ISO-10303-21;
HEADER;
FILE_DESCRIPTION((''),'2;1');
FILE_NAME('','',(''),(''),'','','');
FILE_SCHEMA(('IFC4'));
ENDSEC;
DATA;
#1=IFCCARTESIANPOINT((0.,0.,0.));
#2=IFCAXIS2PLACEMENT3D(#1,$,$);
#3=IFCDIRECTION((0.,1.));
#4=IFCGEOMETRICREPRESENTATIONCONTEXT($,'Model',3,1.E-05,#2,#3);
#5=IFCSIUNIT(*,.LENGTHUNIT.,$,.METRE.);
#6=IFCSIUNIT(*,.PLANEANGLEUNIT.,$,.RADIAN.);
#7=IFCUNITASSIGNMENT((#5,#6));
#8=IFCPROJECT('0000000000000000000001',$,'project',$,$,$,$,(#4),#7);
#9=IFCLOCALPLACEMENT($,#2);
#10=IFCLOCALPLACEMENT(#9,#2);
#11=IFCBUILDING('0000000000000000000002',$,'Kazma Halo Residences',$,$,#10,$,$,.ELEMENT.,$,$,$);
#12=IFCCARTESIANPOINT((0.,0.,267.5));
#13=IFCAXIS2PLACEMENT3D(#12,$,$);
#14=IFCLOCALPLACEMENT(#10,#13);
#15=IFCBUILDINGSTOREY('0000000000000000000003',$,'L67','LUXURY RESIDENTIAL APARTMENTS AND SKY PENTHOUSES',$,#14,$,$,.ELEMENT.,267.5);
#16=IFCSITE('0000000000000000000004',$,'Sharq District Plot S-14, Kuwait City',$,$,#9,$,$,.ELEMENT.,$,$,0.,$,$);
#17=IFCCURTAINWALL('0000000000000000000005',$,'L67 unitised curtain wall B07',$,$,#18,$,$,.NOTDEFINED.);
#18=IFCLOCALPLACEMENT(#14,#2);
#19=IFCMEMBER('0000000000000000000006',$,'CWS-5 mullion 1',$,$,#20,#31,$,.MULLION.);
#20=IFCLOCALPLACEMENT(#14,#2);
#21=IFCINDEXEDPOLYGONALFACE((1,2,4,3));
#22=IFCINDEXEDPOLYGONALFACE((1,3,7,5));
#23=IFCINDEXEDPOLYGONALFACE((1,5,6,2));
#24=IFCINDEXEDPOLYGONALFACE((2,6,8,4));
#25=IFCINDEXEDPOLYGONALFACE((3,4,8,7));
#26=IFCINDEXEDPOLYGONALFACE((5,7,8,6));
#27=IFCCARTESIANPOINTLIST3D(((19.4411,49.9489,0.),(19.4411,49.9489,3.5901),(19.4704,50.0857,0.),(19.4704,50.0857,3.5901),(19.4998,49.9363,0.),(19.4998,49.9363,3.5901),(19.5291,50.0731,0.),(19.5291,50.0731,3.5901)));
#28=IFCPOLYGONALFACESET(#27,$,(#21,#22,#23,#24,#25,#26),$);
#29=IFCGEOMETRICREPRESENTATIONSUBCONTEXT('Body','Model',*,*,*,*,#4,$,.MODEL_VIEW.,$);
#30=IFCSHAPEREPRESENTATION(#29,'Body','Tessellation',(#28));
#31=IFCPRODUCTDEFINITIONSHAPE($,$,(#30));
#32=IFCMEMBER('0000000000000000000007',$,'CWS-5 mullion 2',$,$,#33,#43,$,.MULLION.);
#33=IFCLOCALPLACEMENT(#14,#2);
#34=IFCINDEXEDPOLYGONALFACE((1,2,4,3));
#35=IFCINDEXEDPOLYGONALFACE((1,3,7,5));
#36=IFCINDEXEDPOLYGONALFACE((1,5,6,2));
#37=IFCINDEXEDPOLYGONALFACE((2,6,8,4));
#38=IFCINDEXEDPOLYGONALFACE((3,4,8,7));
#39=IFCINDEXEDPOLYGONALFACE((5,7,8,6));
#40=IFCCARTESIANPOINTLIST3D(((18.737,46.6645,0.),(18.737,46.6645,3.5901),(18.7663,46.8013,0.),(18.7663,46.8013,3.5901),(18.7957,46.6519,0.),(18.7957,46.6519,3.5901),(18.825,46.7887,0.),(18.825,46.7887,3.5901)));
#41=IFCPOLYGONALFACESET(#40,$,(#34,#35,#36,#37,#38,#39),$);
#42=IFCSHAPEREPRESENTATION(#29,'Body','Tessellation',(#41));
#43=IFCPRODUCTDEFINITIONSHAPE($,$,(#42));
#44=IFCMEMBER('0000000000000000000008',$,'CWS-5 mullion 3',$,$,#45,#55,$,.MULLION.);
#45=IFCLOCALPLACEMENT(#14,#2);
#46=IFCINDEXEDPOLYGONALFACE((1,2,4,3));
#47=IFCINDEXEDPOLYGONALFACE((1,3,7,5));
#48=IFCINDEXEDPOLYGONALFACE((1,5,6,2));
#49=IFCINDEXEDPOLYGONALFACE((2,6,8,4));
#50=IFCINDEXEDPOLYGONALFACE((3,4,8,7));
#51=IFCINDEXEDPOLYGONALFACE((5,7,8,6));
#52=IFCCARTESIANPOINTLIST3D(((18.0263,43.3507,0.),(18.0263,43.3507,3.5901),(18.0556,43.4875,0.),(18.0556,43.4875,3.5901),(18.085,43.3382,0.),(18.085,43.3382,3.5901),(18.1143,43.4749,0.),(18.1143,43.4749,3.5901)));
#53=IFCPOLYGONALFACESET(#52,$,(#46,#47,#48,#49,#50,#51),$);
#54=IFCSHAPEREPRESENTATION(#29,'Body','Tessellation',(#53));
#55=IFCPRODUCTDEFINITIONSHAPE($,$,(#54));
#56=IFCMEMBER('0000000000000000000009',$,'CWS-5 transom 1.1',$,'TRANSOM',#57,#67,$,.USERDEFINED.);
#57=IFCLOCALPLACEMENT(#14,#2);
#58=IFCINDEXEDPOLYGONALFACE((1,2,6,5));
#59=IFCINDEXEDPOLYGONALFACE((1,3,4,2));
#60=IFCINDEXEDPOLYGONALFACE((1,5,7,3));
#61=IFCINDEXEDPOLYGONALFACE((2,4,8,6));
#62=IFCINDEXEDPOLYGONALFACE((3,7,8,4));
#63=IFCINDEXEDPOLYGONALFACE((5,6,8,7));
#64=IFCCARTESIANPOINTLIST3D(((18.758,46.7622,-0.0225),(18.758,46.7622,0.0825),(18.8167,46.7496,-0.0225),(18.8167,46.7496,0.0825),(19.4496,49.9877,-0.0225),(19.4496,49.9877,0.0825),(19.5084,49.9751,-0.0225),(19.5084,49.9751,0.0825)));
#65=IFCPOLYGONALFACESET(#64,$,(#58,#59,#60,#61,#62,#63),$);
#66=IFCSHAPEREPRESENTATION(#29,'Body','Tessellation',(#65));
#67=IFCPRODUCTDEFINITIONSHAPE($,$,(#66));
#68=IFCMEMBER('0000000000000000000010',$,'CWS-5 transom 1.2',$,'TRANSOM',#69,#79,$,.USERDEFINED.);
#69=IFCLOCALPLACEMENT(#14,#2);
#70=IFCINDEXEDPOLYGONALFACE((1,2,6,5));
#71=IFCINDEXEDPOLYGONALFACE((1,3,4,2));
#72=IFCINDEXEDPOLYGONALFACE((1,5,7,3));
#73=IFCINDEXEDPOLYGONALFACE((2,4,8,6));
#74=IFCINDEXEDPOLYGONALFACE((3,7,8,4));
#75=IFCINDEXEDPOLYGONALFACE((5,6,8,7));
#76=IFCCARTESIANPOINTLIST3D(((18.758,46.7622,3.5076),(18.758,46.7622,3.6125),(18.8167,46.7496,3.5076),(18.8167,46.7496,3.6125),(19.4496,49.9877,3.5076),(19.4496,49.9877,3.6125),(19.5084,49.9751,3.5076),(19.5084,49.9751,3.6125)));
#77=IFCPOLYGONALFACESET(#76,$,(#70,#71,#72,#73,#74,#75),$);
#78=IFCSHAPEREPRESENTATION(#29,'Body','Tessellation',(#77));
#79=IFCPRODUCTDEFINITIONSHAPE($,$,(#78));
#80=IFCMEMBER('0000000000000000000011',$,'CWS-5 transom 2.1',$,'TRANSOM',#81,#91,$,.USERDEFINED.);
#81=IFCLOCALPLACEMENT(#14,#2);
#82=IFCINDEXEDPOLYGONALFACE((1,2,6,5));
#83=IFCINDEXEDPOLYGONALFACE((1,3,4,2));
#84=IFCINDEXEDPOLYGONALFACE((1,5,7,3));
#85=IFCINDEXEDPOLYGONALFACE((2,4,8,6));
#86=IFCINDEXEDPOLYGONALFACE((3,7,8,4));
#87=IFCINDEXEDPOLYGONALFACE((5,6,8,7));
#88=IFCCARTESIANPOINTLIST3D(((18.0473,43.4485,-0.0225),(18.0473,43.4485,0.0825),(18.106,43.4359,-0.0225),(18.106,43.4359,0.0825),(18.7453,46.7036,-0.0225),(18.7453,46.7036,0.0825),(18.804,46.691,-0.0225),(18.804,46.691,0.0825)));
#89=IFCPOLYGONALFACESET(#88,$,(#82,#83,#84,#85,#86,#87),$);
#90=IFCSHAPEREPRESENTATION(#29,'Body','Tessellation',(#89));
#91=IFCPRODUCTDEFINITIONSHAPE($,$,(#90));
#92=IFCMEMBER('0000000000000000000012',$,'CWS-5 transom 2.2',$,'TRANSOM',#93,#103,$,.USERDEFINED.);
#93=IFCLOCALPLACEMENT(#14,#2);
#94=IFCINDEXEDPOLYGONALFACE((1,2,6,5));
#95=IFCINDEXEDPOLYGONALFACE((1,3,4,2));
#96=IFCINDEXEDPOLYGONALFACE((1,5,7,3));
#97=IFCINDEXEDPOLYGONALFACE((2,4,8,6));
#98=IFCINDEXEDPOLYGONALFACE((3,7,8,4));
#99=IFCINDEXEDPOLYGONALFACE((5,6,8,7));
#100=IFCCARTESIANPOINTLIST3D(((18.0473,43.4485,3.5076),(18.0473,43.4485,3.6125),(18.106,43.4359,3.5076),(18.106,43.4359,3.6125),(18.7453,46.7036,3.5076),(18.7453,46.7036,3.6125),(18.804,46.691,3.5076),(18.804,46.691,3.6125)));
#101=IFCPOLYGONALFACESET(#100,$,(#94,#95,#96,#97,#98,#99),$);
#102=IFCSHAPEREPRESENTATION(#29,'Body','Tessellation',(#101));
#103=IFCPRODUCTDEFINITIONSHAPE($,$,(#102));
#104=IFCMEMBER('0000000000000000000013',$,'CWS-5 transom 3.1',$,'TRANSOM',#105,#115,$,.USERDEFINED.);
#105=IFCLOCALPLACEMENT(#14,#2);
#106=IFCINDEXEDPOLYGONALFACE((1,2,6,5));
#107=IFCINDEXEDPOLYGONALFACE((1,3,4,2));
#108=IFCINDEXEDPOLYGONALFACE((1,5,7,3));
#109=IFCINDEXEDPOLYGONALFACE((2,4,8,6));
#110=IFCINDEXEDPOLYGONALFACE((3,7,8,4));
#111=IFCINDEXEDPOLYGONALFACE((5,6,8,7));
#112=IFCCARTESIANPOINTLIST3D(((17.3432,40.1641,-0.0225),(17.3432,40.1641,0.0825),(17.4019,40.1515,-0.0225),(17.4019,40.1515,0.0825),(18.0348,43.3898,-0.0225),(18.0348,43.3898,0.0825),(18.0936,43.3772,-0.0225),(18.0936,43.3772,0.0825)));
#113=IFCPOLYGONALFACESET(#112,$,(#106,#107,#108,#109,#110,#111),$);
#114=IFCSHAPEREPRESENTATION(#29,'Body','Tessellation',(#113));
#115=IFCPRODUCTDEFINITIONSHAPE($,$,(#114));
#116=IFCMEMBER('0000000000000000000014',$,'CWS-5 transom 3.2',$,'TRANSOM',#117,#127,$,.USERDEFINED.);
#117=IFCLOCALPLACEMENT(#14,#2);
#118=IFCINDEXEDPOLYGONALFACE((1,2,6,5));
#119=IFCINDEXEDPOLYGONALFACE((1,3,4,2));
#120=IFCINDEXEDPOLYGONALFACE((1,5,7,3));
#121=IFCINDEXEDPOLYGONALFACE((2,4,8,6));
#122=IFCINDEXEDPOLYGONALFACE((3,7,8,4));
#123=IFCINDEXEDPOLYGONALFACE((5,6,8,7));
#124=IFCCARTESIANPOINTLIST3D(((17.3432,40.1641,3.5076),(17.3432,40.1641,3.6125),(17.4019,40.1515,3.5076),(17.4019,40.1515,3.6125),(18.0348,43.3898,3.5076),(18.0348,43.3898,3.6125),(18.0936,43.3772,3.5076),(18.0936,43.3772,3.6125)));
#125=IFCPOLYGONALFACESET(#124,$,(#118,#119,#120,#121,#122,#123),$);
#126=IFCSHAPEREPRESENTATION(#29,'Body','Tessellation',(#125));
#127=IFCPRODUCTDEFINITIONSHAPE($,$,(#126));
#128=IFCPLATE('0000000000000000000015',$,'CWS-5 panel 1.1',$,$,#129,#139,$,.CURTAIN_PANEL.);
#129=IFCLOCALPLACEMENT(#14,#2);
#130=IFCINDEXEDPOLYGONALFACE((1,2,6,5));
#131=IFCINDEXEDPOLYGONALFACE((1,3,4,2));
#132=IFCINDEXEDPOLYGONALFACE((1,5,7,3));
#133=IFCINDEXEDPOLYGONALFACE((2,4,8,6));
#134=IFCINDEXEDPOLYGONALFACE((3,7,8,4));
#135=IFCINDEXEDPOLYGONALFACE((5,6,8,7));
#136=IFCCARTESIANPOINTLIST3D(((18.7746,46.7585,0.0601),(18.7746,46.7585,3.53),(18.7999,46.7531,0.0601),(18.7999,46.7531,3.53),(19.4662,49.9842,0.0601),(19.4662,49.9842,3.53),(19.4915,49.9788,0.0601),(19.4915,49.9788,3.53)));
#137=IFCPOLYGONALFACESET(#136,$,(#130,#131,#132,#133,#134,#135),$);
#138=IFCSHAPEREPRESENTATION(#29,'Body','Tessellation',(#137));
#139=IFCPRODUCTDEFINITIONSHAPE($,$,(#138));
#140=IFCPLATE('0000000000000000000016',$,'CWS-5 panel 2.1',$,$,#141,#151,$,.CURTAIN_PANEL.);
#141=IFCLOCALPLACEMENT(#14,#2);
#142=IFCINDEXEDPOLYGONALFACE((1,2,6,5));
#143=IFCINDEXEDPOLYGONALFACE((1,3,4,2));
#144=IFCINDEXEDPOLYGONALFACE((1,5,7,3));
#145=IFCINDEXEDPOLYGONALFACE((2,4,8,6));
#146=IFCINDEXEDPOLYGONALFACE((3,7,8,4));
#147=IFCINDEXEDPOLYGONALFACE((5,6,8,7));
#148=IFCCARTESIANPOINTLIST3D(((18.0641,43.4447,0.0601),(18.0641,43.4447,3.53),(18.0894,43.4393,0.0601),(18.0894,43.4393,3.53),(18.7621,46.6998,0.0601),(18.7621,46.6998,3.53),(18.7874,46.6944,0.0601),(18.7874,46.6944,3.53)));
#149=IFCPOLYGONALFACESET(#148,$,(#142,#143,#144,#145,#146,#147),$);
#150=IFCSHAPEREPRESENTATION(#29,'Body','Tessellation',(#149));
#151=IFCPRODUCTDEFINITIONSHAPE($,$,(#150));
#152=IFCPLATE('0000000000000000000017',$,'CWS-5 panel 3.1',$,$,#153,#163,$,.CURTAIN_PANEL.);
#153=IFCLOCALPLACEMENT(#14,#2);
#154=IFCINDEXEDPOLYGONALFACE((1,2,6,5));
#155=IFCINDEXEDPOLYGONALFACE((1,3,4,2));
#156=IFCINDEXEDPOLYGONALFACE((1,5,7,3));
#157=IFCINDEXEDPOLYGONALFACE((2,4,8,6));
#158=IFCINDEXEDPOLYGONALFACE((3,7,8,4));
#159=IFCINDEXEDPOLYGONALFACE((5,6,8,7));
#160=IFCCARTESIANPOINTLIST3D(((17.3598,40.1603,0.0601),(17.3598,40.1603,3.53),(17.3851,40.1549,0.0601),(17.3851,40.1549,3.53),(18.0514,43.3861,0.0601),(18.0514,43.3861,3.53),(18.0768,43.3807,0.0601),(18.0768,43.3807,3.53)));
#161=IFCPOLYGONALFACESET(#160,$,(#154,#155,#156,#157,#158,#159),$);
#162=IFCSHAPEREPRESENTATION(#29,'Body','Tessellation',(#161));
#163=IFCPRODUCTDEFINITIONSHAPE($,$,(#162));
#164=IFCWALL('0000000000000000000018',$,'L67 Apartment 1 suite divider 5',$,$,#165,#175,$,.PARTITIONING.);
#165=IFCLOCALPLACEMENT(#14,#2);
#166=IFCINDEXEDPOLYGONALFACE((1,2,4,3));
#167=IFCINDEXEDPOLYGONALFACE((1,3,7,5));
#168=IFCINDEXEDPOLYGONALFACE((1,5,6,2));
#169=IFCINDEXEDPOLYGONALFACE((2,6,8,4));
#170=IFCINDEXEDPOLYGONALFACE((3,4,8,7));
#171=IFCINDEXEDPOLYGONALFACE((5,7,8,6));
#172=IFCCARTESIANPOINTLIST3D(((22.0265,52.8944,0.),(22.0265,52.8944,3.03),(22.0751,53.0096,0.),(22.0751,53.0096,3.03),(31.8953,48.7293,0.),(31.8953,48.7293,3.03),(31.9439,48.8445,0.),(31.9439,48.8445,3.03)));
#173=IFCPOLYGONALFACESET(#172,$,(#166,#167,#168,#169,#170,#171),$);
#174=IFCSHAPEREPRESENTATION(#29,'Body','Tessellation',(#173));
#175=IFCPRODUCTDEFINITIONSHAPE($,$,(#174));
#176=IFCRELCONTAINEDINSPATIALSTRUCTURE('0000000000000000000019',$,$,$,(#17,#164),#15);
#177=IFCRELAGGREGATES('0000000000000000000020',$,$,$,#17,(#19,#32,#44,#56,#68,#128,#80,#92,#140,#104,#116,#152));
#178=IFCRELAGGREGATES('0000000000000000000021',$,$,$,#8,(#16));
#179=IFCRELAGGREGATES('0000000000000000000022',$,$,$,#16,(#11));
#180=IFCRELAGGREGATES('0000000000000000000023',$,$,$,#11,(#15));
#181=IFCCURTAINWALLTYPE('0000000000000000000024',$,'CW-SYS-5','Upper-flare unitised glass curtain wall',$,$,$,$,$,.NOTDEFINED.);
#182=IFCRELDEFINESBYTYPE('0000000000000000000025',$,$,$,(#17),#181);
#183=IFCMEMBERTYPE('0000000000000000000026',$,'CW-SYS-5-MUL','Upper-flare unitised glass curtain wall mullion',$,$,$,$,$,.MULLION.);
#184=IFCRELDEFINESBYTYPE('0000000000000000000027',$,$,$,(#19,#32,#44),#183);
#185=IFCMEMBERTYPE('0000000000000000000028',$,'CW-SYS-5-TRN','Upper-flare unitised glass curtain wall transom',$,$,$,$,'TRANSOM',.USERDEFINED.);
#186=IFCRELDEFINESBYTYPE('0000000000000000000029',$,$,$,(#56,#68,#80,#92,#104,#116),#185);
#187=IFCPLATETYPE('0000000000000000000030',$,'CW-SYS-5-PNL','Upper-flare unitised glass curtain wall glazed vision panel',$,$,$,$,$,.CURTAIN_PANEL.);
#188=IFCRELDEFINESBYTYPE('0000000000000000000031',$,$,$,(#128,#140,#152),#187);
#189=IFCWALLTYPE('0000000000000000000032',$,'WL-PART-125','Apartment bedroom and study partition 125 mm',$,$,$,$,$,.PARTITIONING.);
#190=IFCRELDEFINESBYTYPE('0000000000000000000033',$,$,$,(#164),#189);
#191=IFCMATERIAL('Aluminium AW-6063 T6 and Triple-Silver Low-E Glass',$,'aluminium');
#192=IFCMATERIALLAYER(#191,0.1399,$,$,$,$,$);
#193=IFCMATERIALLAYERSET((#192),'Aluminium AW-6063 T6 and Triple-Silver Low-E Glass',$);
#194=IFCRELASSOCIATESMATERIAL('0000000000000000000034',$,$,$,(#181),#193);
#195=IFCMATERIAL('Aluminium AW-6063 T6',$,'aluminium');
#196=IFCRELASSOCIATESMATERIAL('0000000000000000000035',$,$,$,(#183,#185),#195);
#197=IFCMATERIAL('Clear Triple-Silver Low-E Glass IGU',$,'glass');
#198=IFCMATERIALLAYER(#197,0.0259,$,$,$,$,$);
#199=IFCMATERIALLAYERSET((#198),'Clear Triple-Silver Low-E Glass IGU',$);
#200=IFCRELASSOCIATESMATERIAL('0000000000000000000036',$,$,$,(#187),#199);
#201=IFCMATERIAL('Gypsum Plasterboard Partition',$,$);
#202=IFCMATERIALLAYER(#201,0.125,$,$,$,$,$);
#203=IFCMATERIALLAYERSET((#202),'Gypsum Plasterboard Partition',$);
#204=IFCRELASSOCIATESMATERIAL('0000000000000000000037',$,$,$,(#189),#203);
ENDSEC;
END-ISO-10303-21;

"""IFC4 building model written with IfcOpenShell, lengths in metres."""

from ifc_helpers import new_model, si_unit, direction, frame, frame_2d, origin, origin_2d, place, context, subcontext, project, spatial, rectangle, extrude, material, layer, layer_set, material_profile, profile_set, type_object, element, aggregate, save


model = new_model("IFC4")

# Units and contexts
model_context = context("Model", 3, precision=1e-05, world=origin(), true_north=direction((0.0, 1.0)))
body_context = subcontext(model_context, "Body", "Model", "MODEL_VIEW")
ifc_project = project(units=[si_unit("LENGTHUNIT", "METRE"), si_unit("PLANEANGLEUNIT", "RADIAN")], contexts=[model_context])

# Site, building, storey
site_placement = place(None, origin())
site = spatial("IfcSite", under=ifc_project, at=site_placement, Name="Sharq District Plot S-14, Kuwait City", CompositionType="ELEMENT", RefElevation=0.0)
building_placement = place(site_placement, origin())
building = spatial("IfcBuilding", under=site, at=building_placement, Name="Kazma Halo Residences", CompositionType="ELEMENT")
storey_placement = place(building_placement, frame((0.0, 0.0, 267.5)))
storey = spatial("IfcBuildingStorey", under=building, at=storey_placement, Name="L67", Description="LUXURY RESIDENTIAL APARTMENTS AND SKY PENTHOUSES", CompositionType="ELEMENT", Elevation=267.5)

# Curtain wall, members, plates
ifc_material_1 = material(Name="Aluminium AW-6063 T6 and Triple-Silver Low-E Glass", Category="aluminium")
ifc_layer_1 = layer(ifc_material_1, 0.1399)
ifc_layer_set_1 = layer_set([ifc_layer_1], Name="Aluminium AW-6063 T6 and Triple-Silver Low-E Glass")
curtain_wall_type = type_object("IfcCurtainWallType", Name="CW-SYS-5", Description="Upper-flare unitised glass curtain wall", PredefinedType="NOTDEFINED", material=ifc_layer_set_1)
curtain_wall_placement = place(storey_placement, origin())
curtain_wall = element("IfcCurtainWall", 1, at=curtain_wall_placement, inside=storey, type_object=curtain_wall_type, Name="L67 unitised curtain wall B07", PredefinedType="NOTDEFINED")
ifc_material_2 = material(Name="Aluminium AW-6063 T6", Category="aluminium")
ifc_material_profile_1 = material_profile(ifc_material_2, rectangle(XDim=0.0601, YDim=0.1399, at=origin_2d()), Name="CWM-60x140")
ifc_profile_set_1 = profile_set([ifc_material_profile_1], Name="Aluminium AW-6063 T6")
member_type_1 = type_object("IfcMemberType", Name="CW-SYS-5-MUL", Description="Upper-flare unitised glass curtain wall mullion", PredefinedType="MULLION", material=ifc_profile_set_1)
member_1_placement = place(storey_placement, frame((19.4851, 50.011, 0.0), z_axis=(0.0, 0.0, 1.0), x_axis=(0.977775, -0.209657, 0.0)))
member_1 = element("IfcMember", 2, at=member_1_placement, type_object=member_type_1, Name="CWS-5 mullion 1", PredefinedType="MULLION", context=body_context, shape_type="SweptSolid", body=[
    extrude(rectangle(XDim=0.0601, YDim=0.1399, at=origin_2d()), origin(), (0.0, 0.0, 1.0), 3.5901),
])
member_2_placement = place(storey_placement, frame((18.781, 46.7266, 0.0), z_axis=(0.0, 0.0, 1.0), x_axis=(0.977775, -0.209657, 0.0)))
member_2 = element("IfcMember", 3, at=member_2_placement, type_object=member_type_1, Name="CWS-5 mullion 2", PredefinedType="MULLION", context=body_context, shape_type="SweptSolid", body=[
    extrude(rectangle(XDim=0.0601, YDim=0.1399, at=origin_2d()), origin(), (0.0, 0.0, 1.0), 3.5901),
])
member_3_placement = place(storey_placement, frame((18.0703, 43.4128, 0.0), z_axis=(0.0, 0.0, 1.0), x_axis=(0.977775, -0.209657, 0.0)))
member_3 = element("IfcMember", 4, at=member_3_placement, type_object=member_type_1, Name="CWS-5 mullion 3", PredefinedType="MULLION", context=body_context, shape_type="SweptSolid", body=[
    extrude(rectangle(XDim=0.0601, YDim=0.1399, at=origin_2d()), origin(), (0.0, 0.0, 1.0), 3.5901),
])
ifc_material_profile_2 = material_profile(ifc_material_2, rectangle(XDim=0.0601, YDim=0.105, at=origin_2d()), Name="CWT-60x105")
ifc_profile_set_2 = profile_set([ifc_material_profile_2], Name="Aluminium AW-6063 T6")
member_type_2 = type_object("IfcMemberType", Name="CW-SYS-5-TRN", Description="Upper-flare unitised glass curtain wall transom", ElementType="TRANSOM", PredefinedType="USERDEFINED", material=ifc_profile_set_2)
member_4_placement = place(storey_placement, frame((19.479, 49.9814, 0.03), z_axis=(-0.20966, -0.977774, 0.0), x_axis=(0.977774, -0.20966, 0.0)))
member_4 = element("IfcMember", 5, at=member_4_placement, type_object=member_type_2, Name="CWS-5 transom 1.1", ObjectType="TRANSOM", PredefinedType="USERDEFINED", context=body_context, shape_type="SweptSolid", body=[
    extrude(rectangle(XDim=0.0601, YDim=0.105, at=origin_2d()), origin(), (0.0, 0.0, 1.0), 3.2988),
])
member_5_placement = place(storey_placement, frame((19.479, 49.9814, 3.5601), z_axis=(-0.20966, -0.977774, 0.0), x_axis=(0.977774, -0.20966, 0.0)))
member_5 = element("IfcMember", 6, at=member_5_placement, type_object=member_type_2, Name="CWS-5 transom 1.2", ObjectType="TRANSOM", PredefinedType="USERDEFINED", context=body_context, shape_type="SweptSolid", body=[
    extrude(rectangle(XDim=0.0601, YDim=0.105, at=origin_2d()), origin(), (0.0, 0.0, 1.0), 3.2988),
])
member_6_placement = place(storey_placement, frame((18.7747, 46.6973, 0.03), z_axis=(-0.209664, -0.977773, 0.0), x_axis=(0.977773, -0.209664, 0.0)))
member_6 = element("IfcMember", 7, at=member_6_placement, type_object=member_type_2, Name="CWS-5 transom 2.1", ObjectType="TRANSOM", PredefinedType="USERDEFINED", context=body_context, shape_type="SweptSolid", body=[
    extrude(rectangle(XDim=0.0601, YDim=0.105, at=origin_2d()), origin(), (0.0, 0.0, 1.0), 3.3291),
])
member_7_placement = place(storey_placement, frame((18.7747, 46.6973, 3.5601), z_axis=(-0.209664, -0.977773, 0.0), x_axis=(0.977773, -0.209664, 0.0)))
member_7 = element("IfcMember", 8, at=member_7_placement, type_object=member_type_2, Name="CWS-5 transom 2.2", ObjectType="TRANSOM", PredefinedType="USERDEFINED", context=body_context, shape_type="SweptSolid", body=[
    extrude(rectangle(XDim=0.0601, YDim=0.105, at=origin_2d()), origin(), (0.0, 0.0, 1.0), 3.3291),
])
member_8_placement = place(storey_placement, frame((18.0642, 43.3835, 0.03), z_axis=(-0.209645, -0.977777, 0.0), x_axis=(0.977777, -0.209645, 0.0)))
member_8 = element("IfcMember", 9, at=member_8_placement, type_object=member_type_2, Name="CWS-5 transom 3.1", ObjectType="TRANSOM", PredefinedType="USERDEFINED", context=body_context, shape_type="SweptSolid", body=[
    extrude(rectangle(XDim=0.0601, YDim=0.105, at=origin_2d()), origin(), (0.0, 0.0, 1.0), 3.2991),
])
member_9_placement = place(storey_placement, frame((18.0642, 43.3835, 3.5601), z_axis=(-0.209645, -0.977777, 0.0), x_axis=(0.977777, -0.209645, 0.0)))
member_9 = element("IfcMember", 10, at=member_9_placement, type_object=member_type_2, Name="CWS-5 transom 3.2", ObjectType="TRANSOM", PredefinedType="USERDEFINED", context=body_context, shape_type="SweptSolid", body=[
    extrude(rectangle(XDim=0.0601, YDim=0.105, at=origin_2d()), origin(), (0.0, 0.0, 1.0), 3.2991),
])
ifc_material_3 = material(Name="Clear Triple-Silver Low-E Glass IGU", Category="glass")
ifc_layer_2 = layer(ifc_material_3, 0.0259)
ifc_layer_set_2 = layer_set([ifc_layer_2], Name="Clear Triple-Silver Low-E Glass IGU")
plate_type = type_object("IfcPlateType", Name="CW-SYS-5-PNL", Description="Upper-flare unitised glass curtain wall glazed vision panel", PredefinedType="CURTAIN_PANEL", material=ifc_layer_set_2)
plate_1_placement = place(storey_placement, frame((19.1331, 48.3687, 0.0601), z_axis=(0.0, 0.0, 1.0), x_axis=(-0.209657, -0.977775, 0.0)))
plate_1 = element("IfcPlate", 11, at=plate_1_placement, type_object=plate_type, Name="CWS-5 panel 1.1", PredefinedType="CURTAIN_PANEL", context=body_context, shape_type="SweptSolid", body=[
    extrude(rectangle(XDim=3.2991, YDim=0.0259, at=origin_2d()), origin(), (0.0, 0.0, 1.0), 3.47),
])
plate_2_placement = place(storey_placement, frame((18.4258, 45.0696, 0.0601), z_axis=(0.0, 0.0, 1.0), x_axis=(-0.209657, -0.977775, 0.0)))
plate_2 = element("IfcPlate", 12, at=plate_2_placement, type_object=plate_type, Name="CWS-5 panel 2.1", PredefinedType="CURTAIN_PANEL", context=body_context, shape_type="SweptSolid", body=[
    extrude(rectangle(XDim=3.3291, YDim=0.0259, at=origin_2d()), origin(), (0.0, 0.0, 1.0), 3.47),
])
plate_3_placement = place(storey_placement, frame((17.7183, 41.7705, 0.0601), z_axis=(0.0, 0.0, 1.0), x_axis=(-0.209657, -0.977775, 0.0)))
plate_3 = element("IfcPlate", 13, at=plate_3_placement, type_object=plate_type, Name="CWS-5 panel 3.1", PredefinedType="CURTAIN_PANEL", context=body_context, shape_type="SweptSolid", body=[
    extrude(rectangle(XDim=3.2991, YDim=0.0259, at=origin_2d()), origin(), (0.0, 0.0, 1.0), 3.47),
])
aggregate(curtain_wall, [member_1, member_2, member_3, member_4, member_5, plate_1, member_6, member_7, plate_2, member_8, member_9, plate_3])

# Wall
ifc_material_4 = material(Name="Gypsum Plasterboard Partition")
ifc_layer_3 = layer(ifc_material_4, 0.125)
ifc_layer_set_3 = layer_set([ifc_layer_3], Name="Gypsum Plasterboard Partition")
wall_type = type_object("IfcWallType", Name="WL-PART-125", Description="Apartment bedroom and study partition 125 mm", PredefinedType="PARTITIONING", material=ifc_layer_set_3)
wall_1_placement = place(storey_placement, frame((31.9197, 48.7869, 0.0), z_axis=(0.0, 0.0, 1.0), x_axis=(-0.921307, 0.388835, 0.0)))
element("IfcWall", 14, at=wall_1_placement, inside=storey, type_object=wall_type, Name="L67 Apartment 1 suite divider 5", PredefinedType="PARTITIONING", context=body_context, shape_type="SweptSolid", body=[
    extrude(rectangle(XDim=10.7117, YDim=0.125, at=frame_2d((5.356, 0.0))), origin(), (0.0, 0.0, 1.0), 3.03),
])

save(model, "model.ifc")
